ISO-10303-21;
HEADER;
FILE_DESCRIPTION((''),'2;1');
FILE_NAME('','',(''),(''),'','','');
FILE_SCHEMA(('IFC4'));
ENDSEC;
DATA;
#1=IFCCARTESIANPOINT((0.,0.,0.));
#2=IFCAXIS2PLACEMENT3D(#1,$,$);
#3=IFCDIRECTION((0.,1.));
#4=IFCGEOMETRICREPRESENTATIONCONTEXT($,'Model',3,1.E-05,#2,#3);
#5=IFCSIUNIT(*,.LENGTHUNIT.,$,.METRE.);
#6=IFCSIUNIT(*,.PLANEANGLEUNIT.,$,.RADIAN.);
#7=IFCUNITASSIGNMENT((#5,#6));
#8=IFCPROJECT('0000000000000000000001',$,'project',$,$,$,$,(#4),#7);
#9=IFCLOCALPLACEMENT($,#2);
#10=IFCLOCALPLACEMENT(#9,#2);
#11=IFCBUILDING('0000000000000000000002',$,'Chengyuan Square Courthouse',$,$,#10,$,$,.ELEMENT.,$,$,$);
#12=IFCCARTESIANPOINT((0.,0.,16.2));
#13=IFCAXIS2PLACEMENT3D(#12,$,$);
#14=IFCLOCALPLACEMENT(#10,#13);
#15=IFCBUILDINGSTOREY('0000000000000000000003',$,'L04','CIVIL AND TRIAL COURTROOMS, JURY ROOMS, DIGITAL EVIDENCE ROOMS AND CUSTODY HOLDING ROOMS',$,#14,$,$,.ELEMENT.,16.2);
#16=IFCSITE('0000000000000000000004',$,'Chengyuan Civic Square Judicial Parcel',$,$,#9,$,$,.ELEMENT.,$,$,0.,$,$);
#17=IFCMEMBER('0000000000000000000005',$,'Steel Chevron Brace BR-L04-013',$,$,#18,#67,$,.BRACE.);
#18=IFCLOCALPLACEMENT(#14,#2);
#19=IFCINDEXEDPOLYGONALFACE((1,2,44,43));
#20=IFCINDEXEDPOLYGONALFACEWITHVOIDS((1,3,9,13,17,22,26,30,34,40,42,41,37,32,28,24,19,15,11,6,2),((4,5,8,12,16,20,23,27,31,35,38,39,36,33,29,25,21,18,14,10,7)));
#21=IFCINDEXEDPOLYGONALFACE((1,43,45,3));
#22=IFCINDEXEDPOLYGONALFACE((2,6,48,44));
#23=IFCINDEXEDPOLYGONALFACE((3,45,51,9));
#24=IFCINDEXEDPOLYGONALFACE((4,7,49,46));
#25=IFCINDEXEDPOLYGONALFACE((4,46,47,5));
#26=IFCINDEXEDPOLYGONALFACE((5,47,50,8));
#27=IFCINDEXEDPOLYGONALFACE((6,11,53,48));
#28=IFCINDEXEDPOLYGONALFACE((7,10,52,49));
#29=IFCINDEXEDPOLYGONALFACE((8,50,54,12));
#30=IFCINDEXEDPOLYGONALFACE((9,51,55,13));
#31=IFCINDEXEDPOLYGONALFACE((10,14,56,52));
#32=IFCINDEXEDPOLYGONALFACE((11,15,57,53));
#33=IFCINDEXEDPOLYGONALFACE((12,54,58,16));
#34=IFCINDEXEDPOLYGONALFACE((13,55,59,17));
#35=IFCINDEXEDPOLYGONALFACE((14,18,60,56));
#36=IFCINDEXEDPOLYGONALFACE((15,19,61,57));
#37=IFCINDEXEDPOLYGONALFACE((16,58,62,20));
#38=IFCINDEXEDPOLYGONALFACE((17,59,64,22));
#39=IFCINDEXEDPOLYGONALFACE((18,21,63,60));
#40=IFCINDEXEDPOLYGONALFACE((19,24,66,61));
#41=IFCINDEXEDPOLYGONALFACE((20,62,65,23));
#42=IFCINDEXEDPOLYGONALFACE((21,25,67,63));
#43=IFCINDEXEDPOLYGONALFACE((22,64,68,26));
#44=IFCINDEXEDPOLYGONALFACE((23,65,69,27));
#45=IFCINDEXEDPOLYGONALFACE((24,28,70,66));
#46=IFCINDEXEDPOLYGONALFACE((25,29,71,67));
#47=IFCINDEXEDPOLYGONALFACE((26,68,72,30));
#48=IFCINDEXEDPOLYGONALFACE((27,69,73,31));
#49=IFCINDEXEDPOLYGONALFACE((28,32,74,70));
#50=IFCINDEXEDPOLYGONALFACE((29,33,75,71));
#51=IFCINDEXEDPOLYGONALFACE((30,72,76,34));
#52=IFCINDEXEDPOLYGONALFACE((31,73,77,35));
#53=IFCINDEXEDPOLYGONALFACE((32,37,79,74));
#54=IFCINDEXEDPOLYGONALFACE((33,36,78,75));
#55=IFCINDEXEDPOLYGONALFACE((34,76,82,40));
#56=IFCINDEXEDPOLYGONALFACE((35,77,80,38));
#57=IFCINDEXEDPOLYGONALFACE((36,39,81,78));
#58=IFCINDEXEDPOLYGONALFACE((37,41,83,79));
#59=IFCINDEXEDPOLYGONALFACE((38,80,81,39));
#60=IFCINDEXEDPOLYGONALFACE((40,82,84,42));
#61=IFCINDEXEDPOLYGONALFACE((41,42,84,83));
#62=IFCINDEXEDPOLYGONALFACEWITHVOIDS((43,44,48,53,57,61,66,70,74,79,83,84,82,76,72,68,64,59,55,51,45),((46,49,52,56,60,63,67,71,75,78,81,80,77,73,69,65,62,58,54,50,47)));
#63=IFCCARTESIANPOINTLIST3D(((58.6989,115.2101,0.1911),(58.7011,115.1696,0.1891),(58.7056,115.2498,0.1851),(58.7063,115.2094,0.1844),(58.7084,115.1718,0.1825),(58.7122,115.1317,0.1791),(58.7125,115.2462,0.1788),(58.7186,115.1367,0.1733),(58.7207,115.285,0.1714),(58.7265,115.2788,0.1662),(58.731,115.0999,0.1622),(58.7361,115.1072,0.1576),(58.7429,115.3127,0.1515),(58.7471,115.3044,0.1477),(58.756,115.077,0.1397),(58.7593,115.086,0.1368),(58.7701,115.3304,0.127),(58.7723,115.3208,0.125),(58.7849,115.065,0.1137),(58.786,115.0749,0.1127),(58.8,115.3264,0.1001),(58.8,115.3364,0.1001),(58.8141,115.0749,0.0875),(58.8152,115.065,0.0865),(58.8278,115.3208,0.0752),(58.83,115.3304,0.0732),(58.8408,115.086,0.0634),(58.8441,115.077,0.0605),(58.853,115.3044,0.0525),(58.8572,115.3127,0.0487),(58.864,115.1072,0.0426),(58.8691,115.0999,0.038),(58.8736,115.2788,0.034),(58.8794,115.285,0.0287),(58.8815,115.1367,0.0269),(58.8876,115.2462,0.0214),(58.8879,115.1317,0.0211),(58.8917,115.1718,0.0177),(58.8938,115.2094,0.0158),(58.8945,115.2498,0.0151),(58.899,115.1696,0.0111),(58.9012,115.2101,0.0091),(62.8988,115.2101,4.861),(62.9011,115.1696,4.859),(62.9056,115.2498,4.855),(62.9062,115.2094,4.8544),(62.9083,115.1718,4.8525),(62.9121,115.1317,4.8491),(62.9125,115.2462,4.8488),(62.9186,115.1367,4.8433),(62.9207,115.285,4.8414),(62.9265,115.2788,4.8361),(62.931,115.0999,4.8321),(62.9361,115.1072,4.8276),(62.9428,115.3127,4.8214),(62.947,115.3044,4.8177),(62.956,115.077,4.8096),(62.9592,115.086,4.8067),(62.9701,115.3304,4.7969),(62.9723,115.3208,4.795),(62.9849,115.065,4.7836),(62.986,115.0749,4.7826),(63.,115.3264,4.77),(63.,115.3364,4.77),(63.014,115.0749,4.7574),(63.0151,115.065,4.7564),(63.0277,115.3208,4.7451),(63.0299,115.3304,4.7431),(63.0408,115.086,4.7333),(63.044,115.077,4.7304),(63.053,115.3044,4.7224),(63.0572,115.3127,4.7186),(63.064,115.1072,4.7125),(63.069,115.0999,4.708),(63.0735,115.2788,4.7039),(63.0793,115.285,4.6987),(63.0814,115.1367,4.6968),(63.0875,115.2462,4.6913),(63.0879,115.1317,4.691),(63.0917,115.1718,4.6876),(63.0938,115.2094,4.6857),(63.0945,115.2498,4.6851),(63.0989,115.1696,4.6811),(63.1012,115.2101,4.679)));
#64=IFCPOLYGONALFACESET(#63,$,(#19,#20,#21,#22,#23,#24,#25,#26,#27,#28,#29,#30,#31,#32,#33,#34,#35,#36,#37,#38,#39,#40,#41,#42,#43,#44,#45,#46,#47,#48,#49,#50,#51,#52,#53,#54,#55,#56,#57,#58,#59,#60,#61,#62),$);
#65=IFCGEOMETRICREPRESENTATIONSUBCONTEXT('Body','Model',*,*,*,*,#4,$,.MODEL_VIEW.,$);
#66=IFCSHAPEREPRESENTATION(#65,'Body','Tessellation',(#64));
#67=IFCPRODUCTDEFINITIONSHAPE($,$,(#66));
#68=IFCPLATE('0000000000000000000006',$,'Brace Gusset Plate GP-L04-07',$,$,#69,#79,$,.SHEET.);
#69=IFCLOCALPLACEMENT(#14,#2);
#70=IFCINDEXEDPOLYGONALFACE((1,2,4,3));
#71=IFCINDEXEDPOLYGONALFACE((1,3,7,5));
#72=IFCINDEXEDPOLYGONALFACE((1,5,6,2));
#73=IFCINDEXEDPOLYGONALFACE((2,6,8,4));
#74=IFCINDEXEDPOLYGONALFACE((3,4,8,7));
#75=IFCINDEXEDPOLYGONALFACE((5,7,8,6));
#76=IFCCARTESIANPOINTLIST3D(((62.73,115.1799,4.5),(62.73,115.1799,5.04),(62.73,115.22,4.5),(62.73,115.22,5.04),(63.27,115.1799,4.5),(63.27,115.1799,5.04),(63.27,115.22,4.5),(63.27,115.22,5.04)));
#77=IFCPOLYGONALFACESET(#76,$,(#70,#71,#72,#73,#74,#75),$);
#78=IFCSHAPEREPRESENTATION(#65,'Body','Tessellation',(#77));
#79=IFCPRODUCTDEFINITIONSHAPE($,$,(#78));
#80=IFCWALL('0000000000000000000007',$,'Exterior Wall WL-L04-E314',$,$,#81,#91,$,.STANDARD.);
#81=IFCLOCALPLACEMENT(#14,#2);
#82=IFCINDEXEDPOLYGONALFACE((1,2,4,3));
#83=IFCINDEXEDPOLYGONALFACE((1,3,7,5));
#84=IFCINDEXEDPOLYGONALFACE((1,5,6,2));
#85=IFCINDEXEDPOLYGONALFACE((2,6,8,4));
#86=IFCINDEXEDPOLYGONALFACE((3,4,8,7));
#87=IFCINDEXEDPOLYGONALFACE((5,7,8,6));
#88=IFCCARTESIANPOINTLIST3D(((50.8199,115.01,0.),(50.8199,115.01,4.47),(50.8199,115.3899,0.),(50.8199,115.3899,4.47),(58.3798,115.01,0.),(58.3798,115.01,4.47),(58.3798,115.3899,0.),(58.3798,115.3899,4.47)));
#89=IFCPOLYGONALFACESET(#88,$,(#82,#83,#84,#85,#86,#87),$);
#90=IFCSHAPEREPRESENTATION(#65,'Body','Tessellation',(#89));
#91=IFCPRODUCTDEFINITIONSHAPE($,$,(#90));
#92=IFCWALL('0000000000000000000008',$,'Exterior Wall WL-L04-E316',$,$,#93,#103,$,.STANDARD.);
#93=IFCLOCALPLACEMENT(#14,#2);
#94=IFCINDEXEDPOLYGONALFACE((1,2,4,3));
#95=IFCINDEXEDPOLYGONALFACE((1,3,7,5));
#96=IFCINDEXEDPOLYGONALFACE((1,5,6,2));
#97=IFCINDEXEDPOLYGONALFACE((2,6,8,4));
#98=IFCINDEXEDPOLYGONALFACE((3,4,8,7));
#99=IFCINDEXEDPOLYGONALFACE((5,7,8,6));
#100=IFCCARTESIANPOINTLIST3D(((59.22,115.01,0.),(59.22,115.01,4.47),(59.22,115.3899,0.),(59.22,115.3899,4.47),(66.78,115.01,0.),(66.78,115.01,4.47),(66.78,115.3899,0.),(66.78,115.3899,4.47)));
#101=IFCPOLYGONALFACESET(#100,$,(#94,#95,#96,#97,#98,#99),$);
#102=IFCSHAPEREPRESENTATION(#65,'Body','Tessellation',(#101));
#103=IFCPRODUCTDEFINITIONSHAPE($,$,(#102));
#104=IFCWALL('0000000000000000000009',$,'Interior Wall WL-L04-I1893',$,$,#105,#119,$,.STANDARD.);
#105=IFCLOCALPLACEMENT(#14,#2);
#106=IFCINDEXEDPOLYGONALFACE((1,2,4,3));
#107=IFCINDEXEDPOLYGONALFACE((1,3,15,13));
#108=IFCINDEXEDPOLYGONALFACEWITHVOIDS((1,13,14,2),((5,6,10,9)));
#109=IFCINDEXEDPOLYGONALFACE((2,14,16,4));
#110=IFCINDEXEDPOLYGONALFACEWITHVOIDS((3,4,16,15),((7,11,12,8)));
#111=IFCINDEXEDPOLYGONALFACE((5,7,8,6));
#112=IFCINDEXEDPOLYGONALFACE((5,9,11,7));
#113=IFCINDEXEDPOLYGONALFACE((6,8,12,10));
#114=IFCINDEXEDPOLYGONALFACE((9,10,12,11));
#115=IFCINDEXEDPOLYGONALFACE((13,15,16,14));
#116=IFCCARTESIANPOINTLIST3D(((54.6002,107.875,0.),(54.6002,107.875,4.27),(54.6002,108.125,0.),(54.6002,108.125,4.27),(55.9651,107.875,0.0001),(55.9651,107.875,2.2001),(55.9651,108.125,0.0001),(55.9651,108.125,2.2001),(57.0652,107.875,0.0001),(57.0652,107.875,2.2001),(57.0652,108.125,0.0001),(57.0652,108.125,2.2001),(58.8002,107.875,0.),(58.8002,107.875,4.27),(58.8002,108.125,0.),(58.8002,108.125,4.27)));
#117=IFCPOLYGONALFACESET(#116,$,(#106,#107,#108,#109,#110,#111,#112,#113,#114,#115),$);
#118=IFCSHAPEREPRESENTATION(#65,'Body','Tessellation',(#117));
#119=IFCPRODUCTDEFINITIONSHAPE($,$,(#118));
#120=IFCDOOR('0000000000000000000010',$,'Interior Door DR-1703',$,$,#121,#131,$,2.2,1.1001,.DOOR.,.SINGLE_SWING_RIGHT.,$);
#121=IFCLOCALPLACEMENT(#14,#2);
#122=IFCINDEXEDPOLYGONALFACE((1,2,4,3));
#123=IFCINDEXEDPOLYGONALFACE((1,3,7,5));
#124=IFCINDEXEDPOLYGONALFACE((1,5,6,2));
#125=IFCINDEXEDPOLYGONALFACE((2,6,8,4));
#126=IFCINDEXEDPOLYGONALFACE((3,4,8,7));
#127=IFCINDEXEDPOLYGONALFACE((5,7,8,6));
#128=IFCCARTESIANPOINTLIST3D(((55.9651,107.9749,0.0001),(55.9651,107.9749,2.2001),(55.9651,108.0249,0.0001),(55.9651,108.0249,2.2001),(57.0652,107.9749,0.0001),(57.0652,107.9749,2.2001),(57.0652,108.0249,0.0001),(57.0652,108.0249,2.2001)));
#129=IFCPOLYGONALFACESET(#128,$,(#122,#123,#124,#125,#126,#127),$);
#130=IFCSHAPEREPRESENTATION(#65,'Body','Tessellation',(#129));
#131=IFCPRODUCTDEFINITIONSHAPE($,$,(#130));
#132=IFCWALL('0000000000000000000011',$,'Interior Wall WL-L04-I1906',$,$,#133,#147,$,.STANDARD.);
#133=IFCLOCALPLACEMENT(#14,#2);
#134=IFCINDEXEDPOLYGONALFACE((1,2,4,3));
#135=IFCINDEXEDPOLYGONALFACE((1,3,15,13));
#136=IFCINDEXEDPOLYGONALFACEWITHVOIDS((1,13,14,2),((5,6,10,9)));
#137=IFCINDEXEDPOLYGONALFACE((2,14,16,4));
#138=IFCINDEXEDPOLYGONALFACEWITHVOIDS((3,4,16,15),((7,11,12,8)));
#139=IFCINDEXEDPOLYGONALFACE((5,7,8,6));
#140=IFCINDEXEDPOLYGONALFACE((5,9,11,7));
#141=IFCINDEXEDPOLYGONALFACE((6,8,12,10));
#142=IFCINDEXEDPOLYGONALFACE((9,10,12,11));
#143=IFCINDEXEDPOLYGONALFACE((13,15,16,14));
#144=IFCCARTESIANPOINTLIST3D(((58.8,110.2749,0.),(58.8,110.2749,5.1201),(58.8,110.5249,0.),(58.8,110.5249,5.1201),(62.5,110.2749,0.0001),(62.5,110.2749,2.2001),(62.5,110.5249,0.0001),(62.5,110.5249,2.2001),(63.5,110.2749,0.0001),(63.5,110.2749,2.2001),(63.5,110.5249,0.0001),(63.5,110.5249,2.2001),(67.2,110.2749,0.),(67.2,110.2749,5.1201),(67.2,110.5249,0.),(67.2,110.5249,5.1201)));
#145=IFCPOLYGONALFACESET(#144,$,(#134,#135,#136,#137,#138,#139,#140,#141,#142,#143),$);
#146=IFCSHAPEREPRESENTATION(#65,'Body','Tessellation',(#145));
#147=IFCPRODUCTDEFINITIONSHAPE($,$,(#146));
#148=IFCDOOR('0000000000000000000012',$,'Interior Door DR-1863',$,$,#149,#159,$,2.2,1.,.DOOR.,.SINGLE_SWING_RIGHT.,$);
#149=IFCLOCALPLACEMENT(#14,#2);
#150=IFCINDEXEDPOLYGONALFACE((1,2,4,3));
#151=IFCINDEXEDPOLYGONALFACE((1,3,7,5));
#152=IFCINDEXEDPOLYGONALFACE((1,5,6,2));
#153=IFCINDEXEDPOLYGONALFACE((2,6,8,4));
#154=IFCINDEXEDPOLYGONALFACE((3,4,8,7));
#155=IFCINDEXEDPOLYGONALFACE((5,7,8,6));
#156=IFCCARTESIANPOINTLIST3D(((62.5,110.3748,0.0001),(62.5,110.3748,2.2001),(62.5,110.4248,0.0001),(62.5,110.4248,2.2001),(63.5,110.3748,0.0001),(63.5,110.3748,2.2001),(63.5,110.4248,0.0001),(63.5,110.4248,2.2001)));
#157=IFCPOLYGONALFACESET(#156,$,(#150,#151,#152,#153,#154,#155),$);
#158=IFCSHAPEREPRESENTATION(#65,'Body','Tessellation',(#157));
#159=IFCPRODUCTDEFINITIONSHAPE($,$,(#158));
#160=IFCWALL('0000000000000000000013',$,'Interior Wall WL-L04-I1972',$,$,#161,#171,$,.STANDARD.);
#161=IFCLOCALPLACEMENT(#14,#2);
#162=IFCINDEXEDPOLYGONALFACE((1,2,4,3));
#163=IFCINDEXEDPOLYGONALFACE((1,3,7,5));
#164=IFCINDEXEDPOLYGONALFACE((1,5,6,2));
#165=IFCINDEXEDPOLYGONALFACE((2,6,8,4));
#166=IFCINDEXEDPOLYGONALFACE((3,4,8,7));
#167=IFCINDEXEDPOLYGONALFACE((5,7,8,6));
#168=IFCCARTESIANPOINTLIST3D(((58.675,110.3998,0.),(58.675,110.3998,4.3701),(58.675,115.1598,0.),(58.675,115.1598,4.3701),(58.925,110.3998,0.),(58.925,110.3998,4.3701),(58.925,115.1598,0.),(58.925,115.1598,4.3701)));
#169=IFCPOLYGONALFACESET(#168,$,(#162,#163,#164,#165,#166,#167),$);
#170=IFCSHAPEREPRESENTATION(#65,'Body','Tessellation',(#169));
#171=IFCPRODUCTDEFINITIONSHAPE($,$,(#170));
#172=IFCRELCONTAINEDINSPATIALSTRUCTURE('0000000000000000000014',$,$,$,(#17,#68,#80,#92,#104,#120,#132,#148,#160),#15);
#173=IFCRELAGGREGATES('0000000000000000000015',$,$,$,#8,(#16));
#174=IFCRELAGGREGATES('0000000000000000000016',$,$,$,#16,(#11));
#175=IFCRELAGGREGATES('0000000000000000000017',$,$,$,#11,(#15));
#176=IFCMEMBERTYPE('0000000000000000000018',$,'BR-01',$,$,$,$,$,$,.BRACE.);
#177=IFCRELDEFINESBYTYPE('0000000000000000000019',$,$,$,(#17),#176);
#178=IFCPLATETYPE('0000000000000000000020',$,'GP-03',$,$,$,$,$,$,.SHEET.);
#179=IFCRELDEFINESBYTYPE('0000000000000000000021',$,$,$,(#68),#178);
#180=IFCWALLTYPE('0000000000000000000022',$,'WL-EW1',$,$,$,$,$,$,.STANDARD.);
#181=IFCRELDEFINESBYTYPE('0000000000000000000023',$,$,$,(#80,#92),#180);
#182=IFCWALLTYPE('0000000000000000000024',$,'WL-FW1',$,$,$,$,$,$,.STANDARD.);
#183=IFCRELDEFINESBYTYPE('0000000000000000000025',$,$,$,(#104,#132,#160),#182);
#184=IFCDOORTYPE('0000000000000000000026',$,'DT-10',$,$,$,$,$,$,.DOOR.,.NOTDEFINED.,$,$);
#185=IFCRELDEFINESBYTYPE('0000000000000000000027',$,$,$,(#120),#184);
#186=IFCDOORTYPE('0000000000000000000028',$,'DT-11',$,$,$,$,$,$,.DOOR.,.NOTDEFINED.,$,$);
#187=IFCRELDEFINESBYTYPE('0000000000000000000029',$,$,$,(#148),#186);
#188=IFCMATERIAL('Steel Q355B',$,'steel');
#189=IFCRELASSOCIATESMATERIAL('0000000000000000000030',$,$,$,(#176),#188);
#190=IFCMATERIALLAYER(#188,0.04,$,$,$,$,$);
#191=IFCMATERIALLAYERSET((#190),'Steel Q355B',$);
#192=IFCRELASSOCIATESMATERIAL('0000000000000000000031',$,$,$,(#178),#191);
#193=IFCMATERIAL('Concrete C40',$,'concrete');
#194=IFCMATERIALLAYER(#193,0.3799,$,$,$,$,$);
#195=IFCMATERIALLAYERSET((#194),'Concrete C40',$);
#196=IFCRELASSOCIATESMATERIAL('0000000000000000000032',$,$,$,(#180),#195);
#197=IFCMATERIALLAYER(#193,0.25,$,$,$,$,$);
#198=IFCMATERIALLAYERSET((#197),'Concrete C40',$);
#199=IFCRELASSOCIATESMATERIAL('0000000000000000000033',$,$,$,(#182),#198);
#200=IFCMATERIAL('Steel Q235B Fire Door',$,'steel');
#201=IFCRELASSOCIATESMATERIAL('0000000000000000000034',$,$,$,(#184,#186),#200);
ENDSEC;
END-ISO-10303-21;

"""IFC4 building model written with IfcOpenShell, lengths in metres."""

from ifc_helpers import new_model, si_unit, direction, frame, frame_2d, origin, origin_2d, place, context, subcontext, project, spatial, rectangle, hollow_circle, extrude, material, layer, layer_set, material_profile, profile_set, type_object, element, fill, save


model = new_model("IFC4")

# Units and contexts
model_context = context("Model", 3, precision=1e-05, world=origin(), true_north=direction((0.0, 1.0)))
body_context = subcontext(model_context, "Body", "Model", "MODEL_VIEW")
ifc_project = project(units=[si_unit("LENGTHUNIT", "METRE"), si_unit("PLANEANGLEUNIT", "RADIAN")], contexts=[model_context])

# Site, building, storey
site_placement = place(None, origin())
site = spatial("IfcSite", under=ifc_project, at=site_placement, Name="Chengyuan Civic Square Judicial Parcel", CompositionType="ELEMENT", RefElevation=0.0)
building_placement = place(site_placement, origin())
building = spatial("IfcBuilding", under=site, at=building_placement, Name="Chengyuan Square Courthouse", CompositionType="ELEMENT")
storey_placement = place(building_placement, frame((0.0, 0.0, 16.2)))
storey = spatial("IfcBuildingStorey", under=building, at=storey_placement, Name="L04", Description="CIVIL AND TRIAL COURTROOMS, JURY ROOMS, DIGITAL EVIDENCE ROOMS AND CUSTODY HOLDING ROOMS", CompositionType="ELEMENT", Elevation=16.2)

# Shared definitions
ifc_material_1 = material(Name="Concrete C40", Category="concrete")

# Shared definitions
ifc_material_2 = material(Name="Steel Q355B", Category="steel")

# Member
ifc_material_profile_1 = material_profile(ifc_material_2, hollow_circle(Radius=0.1365, WallThickness=0.01, at=origin_2d()), Name="CHS 273x10")
ifc_profile_set_1 = profile_set([ifc_material_profile_1], Name="Steel Q355B")
member_type = type_object("IfcMemberType", Name="BR-01", PredefinedType="BRACE", material=ifc_profile_set_1)
member_placement = place(storey_placement, frame((58.8, 115.2, 0.1001), z_axis=(0.668703, 0.0, 0.74353), x_axis=(0.0, 1.0, 0.0)))
element("IfcMember", 1, at=member_placement, inside=storey, type_object=member_type, Name="Steel Chevron Brace BR-L04-013", PredefinedType="BRACE", context=body_context, shape_type="SweptSolid", body=[
    extrude(hollow_circle(Radius=0.1365, WallThickness=0.01, at=origin_2d()), origin(), (0.0, 0.0, 1.0), 6.2808),
])

# Plate
ifc_layer_1 = layer(ifc_material_2, 0.04)
ifc_layer_set_1 = layer_set([ifc_layer_1], Name="Steel Q355B")
plate_type = type_object("IfcPlateType", Name="GP-03", PredefinedType="SHEET", material=ifc_layer_set_1)
plate_placement = place(storey_placement, frame((63.0, 115.2, 4.5), z_axis=(0.0, 0.0, 1.0), x_axis=(1.0, 0.0, 0.0)))
element("IfcPlate", 2, at=plate_placement, inside=storey, type_object=plate_type, Name="Brace Gusset Plate GP-L04-07", PredefinedType="SHEET", context=body_context, shape_type="SweptSolid", body=[
    extrude(rectangle(XDim=0.54, YDim=0.04, at=origin_2d()), origin(), (0.0, 0.0, 1.0), 0.54),
])

# Walls
ifc_layer_2 = layer(ifc_material_1, 0.3799)
ifc_layer_set_2 = layer_set([ifc_layer_2], Name="Concrete C40")
wall_type_1 = type_object("IfcWallType", Name="WL-EW1", PredefinedType="STANDARD", material=ifc_layer_set_2)
wall_1_placement = place(storey_placement, frame((50.8201, 115.2, 0.0), z_axis=(0.0, 0.0, 1.0), x_axis=(1.0, 0.0, 0.0)))
element("IfcWall", 3, at=wall_1_placement, inside=storey, type_object=wall_type_1, Name="Exterior Wall WL-L04-E314", PredefinedType="STANDARD", context=body_context, shape_type="SweptSolid", body=[
    extrude(rectangle(XDim=7.5598, YDim=0.3799, at=frame_2d((3.7798, 0.0))), origin(), (0.0, 0.0, 1.0), 4.47),
])
wall_2_placement = place(storey_placement, frame((59.22, 115.2, 0.0), z_axis=(0.0, 0.0, 1.0), x_axis=(1.0, 0.0, 0.0)))
element("IfcWall", 4, at=wall_2_placement, inside=storey, type_object=wall_type_1, Name="Exterior Wall WL-L04-E316", PredefinedType="STANDARD", context=body_context, shape_type="SweptSolid", body=[
    extrude(rectangle(XDim=7.5601, YDim=0.3799, at=frame_2d((3.78, 0.0))), origin(), (0.0, 0.0, 1.0), 4.47),
])

# Walls, openings, doors
ifc_layer_3 = layer(ifc_material_1, 0.25)
ifc_layer_set_3 = layer_set([ifc_layer_3], Name="Concrete C40")
wall_type_2 = type_object("IfcWallType", Name="WL-FW1", PredefinedType="STANDARD", material=ifc_layer_set_3)
wall_3_placement = place(storey_placement, frame((54.6001, 108.0, 0.0), z_axis=(0.0, 0.0, 1.0), x_axis=(1.0, 0.0, 0.0)))
wall_3 = element("IfcWall", 5, at=wall_3_placement, inside=storey, type_object=wall_type_2, Name="Interior Wall WL-L04-I1893", PredefinedType="STANDARD", context=body_context, shape_type="SweptSolid", body=[
    extrude(rectangle(XDim=4.2, YDim=0.25, at=frame_2d((2.1001, 0.0))), origin(), (0.0, 0.0, 1.0), 4.27),
])
opening_1_placement = place(wall_3_placement, frame((1.365, 0.0, 0.0)))
opening_1 = element("IfcOpeningElement", 6, at=opening_1_placement, cuts=wall_3, PredefinedType="OPENING", context=body_context, shape_type="SweptSolid", body=[
    extrude(rectangle(XDim=1.1001, YDim=2.2, at=frame_2d((0.55, 1.1001))), frame((0.0, 0.137, 0.0), z_axis=(0.0, -1.0, 0.0), x_axis=(1.0, 0.0, 0.0)), (0.0, 0.0, 1.0), 0.2739),
])
ifc_material_3 = material(Name="Steel Q235B Fire Door", Category="steel")
door_type_1 = type_object("IfcDoorType", Name="DT-10", OperationType="NOTDEFINED", PredefinedType="DOOR", material=ifc_material_3)
door_1_placement = place(opening_1_placement, origin())
door_1 = element("IfcDoor", 7, at=door_1_placement, inside=storey, type_object=door_type_1, Name="Interior Door DR-1703", OperationType="SINGLE_SWING_RIGHT", OverallHeight=2.2, OverallWidth=1.1001, PredefinedType="DOOR", context=body_context, shape_type="SweptSolid", body=[
    extrude(rectangle(XDim=1.1001, YDim=2.2, at=frame_2d((0.55, 1.1001))), frame((0.0, 0.0249, 0.0), z_axis=(0.0, -1.0, 0.0), x_axis=(1.0, 0.0, 0.0)), (0.0, 0.0, 1.0), 0.05),
])
fill(opening_1, door_1)
wall_4_placement = place(storey_placement, frame((58.8, 110.3999, 0.0), z_axis=(0.0, 0.0, 1.0), x_axis=(1.0, 0.0, 0.0)))
wall_4 = element("IfcWall", 8, at=wall_4_placement, inside=storey, type_object=wall_type_2, Name="Interior Wall WL-L04-I1906", PredefinedType="STANDARD", context=body_context, shape_type="SweptSolid", body=[
    extrude(rectangle(XDim=8.3999, YDim=0.25, at=frame_2d((4.2, 0.0))), origin(), (0.0, 0.0, 1.0), 5.1201),
])
opening_2_placement = place(wall_4_placement, frame((3.7, 0.0, 0.0)))
opening_2 = element("IfcOpeningElement", 9, at=opening_2_placement, cuts=wall_4, PredefinedType="OPENING", context=body_context, shape_type="SweptSolid", body=[
    extrude(rectangle(XDim=1.0, YDim=2.2, at=frame_2d((0.5, 1.1001))), frame((0.0, 0.137, 0.0), z_axis=(0.0, -1.0, 0.0), x_axis=(1.0, 0.0, 0.0)), (0.0, 0.0, 1.0), 0.2739),
])
door_type_2 = type_object("IfcDoorType", Name="DT-11", OperationType="NOTDEFINED", PredefinedType="DOOR", material=ifc_material_3)
door_2_placement = place(opening_2_placement, origin())
door_2 = element("IfcDoor", 10, at=door_2_placement, inside=storey, type_object=door_type_2, Name="Interior Door DR-1863", OperationType="SINGLE_SWING_RIGHT", OverallHeight=2.2, OverallWidth=1.0, PredefinedType="DOOR", context=body_context, shape_type="SweptSolid", body=[
    extrude(rectangle(XDim=1.0, YDim=2.2, at=frame_2d((0.5, 1.1001))), frame((0.0, 0.0249, 0.0), z_axis=(0.0, -1.0, 0.0), x_axis=(1.0, 0.0, 0.0)), (0.0, 0.0, 1.0), 0.05),
])
fill(opening_2, door_2)

# Wall
wall_5_placement = place(storey_placement, frame((58.8, 110.3999, 0.0), z_axis=(0.0, 0.0, 1.0), x_axis=(0.0, 1.0, 0.0)))
element("IfcWall", 11, at=wall_5_placement, inside=storey, type_object=wall_type_2, Name="Interior Wall WL-L04-I1972", PredefinedType="STANDARD", context=body_context, shape_type="SweptSolid", body=[
    extrude(rectangle(XDim=4.76, YDim=0.25, at=frame_2d((2.3799, 0.0))), origin(), (0.0, 0.0, 1.0), 4.3701),
])

save(model, "model.ifc")
